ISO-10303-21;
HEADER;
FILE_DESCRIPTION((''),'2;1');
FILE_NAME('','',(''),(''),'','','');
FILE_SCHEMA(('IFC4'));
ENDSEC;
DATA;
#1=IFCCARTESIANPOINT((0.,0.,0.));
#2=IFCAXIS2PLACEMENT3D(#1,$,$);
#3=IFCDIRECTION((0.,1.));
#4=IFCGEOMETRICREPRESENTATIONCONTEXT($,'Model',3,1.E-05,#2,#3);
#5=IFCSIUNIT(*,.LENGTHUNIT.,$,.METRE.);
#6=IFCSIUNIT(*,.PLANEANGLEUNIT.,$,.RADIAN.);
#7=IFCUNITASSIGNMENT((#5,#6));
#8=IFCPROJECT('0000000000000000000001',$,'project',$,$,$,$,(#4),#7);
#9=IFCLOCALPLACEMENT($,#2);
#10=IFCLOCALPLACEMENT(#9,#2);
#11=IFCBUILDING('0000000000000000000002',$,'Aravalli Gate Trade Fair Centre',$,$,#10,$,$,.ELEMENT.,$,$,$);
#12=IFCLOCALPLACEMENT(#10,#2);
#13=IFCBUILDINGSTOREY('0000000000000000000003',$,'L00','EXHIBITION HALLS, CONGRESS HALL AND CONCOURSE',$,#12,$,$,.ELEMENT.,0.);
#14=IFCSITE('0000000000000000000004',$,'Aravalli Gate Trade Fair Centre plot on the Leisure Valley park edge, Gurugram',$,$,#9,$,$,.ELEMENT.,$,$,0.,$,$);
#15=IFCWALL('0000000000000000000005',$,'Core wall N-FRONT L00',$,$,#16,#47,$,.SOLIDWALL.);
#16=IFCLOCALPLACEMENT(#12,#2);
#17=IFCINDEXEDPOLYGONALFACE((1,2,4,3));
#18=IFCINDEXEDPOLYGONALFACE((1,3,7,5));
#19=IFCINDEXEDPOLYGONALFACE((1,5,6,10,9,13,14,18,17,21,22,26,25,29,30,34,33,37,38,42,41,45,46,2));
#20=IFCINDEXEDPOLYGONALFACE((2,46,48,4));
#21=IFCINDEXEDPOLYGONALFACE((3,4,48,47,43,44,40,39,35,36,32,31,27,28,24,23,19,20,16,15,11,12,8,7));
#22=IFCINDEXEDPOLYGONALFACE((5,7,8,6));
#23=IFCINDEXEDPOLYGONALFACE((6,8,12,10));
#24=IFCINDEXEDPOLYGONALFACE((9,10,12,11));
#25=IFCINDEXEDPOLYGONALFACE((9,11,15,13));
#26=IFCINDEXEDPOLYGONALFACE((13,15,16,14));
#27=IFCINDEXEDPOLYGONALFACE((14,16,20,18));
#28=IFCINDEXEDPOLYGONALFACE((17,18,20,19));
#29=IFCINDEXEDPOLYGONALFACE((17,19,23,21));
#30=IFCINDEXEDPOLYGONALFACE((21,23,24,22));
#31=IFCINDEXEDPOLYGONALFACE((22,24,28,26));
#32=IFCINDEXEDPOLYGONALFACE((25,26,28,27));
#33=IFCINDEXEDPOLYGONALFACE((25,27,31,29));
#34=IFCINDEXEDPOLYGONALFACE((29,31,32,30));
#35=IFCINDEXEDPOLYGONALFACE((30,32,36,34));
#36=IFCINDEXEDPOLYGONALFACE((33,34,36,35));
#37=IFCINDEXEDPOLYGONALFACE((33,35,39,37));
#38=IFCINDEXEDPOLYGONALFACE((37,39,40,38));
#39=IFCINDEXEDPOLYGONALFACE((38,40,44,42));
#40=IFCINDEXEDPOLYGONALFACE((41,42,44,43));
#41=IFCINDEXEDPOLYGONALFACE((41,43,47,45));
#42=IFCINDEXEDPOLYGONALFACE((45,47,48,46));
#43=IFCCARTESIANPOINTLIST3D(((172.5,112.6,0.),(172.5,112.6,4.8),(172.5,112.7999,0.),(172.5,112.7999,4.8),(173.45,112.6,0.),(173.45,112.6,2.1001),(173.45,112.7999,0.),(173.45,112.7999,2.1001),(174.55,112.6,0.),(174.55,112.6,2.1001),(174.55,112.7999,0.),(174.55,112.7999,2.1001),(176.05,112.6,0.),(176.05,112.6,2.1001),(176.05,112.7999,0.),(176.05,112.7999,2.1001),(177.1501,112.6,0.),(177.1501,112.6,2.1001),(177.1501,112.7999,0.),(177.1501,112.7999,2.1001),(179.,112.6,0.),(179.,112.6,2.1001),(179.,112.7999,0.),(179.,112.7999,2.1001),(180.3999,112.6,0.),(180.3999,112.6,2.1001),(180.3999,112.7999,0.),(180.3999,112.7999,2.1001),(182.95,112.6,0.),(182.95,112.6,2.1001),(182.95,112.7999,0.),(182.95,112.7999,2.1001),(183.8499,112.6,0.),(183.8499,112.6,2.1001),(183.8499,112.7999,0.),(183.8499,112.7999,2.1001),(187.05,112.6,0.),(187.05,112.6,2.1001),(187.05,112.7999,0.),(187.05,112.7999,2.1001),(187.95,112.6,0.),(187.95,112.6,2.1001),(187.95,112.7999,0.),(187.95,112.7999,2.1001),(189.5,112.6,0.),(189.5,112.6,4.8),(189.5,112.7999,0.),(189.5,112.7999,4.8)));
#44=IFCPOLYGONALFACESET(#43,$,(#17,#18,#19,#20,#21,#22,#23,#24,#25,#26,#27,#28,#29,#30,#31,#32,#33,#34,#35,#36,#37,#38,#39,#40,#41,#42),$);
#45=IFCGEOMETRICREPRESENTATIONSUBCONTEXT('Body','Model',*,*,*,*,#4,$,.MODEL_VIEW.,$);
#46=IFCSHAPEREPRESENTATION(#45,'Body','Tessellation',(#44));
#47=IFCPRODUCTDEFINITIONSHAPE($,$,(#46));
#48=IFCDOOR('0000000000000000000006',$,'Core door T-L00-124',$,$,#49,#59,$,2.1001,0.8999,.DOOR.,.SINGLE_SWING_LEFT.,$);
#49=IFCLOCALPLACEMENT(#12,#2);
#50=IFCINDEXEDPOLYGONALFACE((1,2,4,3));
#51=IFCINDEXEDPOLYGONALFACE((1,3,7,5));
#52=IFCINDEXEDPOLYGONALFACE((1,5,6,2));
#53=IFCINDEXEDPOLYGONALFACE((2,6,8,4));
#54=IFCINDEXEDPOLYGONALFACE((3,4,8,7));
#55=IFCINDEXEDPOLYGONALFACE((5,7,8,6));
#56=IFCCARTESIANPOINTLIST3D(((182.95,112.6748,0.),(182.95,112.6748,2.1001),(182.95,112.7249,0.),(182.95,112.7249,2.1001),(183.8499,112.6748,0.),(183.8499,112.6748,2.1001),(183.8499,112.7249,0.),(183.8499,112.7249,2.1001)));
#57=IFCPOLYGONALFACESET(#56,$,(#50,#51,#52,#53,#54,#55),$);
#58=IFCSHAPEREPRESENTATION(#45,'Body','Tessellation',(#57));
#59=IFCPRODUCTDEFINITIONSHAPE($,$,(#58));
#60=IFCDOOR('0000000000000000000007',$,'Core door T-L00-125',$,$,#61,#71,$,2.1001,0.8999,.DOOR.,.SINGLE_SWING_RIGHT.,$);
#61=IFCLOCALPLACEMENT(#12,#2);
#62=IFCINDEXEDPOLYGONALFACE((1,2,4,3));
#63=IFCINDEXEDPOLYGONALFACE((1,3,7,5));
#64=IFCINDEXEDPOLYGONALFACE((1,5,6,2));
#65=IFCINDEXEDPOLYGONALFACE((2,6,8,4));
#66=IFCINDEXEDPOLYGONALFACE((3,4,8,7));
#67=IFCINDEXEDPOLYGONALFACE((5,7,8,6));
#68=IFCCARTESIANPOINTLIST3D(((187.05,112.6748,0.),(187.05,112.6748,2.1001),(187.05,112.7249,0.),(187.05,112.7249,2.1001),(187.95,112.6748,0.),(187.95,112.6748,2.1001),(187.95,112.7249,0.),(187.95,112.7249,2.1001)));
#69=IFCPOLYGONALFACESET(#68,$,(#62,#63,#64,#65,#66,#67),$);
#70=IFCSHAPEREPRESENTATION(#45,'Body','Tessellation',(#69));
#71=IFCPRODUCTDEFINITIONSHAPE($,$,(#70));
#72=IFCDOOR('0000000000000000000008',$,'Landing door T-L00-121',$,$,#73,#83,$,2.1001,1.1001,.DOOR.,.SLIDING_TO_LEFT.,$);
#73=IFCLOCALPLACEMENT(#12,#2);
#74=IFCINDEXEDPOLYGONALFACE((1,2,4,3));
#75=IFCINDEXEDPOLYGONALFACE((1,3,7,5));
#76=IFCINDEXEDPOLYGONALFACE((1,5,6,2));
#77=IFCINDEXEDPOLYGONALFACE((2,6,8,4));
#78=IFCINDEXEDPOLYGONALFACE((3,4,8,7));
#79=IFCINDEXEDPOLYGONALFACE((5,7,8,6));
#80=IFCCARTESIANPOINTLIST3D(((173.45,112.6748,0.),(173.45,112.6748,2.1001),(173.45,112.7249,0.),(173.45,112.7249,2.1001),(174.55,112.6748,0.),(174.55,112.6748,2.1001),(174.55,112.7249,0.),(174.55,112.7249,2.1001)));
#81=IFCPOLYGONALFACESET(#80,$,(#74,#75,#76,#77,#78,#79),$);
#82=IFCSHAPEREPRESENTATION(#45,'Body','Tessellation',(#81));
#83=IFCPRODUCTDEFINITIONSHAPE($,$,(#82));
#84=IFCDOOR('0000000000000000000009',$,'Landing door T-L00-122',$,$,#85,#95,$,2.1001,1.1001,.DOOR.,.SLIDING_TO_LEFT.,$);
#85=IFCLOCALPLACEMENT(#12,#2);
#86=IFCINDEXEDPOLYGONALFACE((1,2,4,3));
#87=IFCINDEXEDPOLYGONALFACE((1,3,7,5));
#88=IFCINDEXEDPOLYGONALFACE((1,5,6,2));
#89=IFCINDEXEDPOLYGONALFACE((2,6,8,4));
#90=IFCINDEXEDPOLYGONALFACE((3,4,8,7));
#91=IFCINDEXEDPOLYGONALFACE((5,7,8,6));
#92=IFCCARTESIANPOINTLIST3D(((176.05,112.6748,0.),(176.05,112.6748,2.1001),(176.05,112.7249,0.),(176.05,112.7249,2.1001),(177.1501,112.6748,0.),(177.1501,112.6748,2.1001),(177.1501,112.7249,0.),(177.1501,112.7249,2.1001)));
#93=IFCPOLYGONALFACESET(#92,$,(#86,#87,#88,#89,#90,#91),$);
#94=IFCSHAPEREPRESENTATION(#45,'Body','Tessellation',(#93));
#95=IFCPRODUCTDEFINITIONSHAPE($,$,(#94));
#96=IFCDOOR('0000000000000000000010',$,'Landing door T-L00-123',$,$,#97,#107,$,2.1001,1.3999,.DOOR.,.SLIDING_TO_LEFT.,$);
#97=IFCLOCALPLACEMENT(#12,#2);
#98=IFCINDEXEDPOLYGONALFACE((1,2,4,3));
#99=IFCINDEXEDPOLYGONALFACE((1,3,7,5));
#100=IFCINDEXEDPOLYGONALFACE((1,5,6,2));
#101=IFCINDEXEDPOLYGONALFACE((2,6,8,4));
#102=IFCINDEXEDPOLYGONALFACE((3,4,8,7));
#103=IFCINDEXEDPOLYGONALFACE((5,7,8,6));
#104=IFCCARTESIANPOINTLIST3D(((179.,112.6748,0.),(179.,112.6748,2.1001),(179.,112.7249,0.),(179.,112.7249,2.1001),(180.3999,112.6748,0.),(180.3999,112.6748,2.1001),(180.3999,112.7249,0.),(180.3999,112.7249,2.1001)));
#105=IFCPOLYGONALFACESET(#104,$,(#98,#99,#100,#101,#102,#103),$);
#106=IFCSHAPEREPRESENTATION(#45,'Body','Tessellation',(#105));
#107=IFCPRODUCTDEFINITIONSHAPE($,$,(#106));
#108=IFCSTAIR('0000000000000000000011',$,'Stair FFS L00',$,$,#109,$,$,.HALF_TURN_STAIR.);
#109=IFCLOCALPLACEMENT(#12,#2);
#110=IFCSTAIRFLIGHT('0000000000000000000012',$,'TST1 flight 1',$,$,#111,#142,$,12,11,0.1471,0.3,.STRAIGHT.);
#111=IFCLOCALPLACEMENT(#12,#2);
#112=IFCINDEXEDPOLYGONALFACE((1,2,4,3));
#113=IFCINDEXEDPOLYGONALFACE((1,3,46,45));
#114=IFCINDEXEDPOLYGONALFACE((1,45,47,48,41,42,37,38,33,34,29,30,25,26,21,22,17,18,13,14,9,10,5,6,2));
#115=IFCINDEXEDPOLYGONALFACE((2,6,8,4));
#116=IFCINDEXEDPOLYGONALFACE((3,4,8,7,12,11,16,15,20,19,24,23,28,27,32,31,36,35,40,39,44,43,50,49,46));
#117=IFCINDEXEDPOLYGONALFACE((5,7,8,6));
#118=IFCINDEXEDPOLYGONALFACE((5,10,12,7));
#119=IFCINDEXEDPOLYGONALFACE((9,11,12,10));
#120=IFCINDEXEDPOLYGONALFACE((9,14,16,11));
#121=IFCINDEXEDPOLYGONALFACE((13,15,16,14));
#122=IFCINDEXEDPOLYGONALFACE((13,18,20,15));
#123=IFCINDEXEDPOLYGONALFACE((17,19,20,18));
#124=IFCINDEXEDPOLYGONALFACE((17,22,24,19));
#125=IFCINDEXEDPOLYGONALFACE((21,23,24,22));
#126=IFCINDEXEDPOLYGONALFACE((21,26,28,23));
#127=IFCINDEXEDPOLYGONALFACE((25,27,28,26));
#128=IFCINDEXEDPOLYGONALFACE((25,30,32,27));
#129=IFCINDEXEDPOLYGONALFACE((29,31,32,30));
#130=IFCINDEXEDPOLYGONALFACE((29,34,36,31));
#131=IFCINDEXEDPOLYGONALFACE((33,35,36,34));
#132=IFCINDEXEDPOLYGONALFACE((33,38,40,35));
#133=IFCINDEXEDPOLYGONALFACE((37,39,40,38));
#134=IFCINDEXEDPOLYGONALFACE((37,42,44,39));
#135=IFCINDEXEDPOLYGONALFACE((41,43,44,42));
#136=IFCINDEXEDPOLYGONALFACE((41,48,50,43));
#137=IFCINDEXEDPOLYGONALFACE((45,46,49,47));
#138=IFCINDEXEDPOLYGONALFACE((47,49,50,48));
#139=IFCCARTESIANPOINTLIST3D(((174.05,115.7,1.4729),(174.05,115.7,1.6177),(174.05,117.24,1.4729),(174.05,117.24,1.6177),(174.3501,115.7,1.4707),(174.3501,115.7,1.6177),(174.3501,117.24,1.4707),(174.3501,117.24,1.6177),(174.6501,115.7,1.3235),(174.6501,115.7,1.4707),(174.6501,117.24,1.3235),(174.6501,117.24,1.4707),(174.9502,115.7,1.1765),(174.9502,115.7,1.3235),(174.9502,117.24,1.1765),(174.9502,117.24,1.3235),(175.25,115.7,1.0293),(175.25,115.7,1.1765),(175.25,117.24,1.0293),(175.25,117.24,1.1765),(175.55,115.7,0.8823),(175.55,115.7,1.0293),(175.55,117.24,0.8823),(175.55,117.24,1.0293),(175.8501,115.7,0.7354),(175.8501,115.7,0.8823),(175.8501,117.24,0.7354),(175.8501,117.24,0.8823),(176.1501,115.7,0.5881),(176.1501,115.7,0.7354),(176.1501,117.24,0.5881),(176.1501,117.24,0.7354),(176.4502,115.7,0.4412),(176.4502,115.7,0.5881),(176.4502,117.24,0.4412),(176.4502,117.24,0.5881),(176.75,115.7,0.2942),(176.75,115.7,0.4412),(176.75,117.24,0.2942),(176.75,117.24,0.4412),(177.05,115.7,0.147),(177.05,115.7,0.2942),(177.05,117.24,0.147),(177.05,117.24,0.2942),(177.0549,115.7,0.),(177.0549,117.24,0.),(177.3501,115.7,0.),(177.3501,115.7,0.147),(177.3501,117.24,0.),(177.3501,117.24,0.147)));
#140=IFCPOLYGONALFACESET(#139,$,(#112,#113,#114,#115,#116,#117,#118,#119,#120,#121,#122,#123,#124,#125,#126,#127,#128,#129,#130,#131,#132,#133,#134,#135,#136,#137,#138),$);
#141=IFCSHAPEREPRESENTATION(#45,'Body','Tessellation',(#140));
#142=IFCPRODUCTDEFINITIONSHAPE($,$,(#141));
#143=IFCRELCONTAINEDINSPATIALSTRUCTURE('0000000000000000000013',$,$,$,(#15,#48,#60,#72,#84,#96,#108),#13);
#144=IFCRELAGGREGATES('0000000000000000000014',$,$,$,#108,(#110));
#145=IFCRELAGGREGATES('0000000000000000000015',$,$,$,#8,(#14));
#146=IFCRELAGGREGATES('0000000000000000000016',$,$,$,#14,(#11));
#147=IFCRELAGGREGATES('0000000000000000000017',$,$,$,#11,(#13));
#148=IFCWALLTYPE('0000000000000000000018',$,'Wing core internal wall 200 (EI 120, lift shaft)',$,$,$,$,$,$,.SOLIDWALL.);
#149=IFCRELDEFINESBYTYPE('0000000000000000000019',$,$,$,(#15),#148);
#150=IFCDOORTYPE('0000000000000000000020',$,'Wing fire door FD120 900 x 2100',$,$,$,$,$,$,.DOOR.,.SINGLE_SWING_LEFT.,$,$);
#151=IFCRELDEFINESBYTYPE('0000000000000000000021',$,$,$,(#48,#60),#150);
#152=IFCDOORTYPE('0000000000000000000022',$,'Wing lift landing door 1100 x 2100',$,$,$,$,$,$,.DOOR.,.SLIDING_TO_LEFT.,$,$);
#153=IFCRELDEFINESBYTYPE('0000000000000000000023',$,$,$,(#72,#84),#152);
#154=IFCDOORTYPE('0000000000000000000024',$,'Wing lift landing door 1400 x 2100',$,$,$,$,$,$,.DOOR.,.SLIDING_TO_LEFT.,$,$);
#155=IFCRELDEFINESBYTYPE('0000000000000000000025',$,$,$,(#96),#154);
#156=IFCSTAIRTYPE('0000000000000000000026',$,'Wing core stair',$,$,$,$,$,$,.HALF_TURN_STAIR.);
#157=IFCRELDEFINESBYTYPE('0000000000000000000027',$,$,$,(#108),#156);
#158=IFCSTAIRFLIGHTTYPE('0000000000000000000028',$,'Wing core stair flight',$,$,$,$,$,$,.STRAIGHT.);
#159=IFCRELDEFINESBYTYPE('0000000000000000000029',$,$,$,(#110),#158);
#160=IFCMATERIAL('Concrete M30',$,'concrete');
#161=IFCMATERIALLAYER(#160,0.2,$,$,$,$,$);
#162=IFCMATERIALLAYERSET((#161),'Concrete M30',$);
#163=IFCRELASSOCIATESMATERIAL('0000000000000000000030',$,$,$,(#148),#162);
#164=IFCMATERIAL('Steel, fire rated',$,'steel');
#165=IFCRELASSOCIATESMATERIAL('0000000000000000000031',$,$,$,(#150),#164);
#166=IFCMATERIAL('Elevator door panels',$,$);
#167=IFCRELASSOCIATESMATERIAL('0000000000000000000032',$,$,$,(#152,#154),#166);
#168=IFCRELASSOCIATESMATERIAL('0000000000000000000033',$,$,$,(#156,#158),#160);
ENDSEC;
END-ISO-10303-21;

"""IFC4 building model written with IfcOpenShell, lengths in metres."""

from ifc_helpers import new_model, si_unit, direction, frame, frame_2d, origin, place, context, subcontext, project, spatial, polyline, rectangle, outline, extrude, material, layer, layer_set, type_object, element, fill, aggregate, save


model = new_model("IFC4")

# Units and contexts
model_context = context("Model", 3, precision=1e-05, world=origin(), true_north=direction((0.0, 1.0)))
body_context = subcontext(model_context, "Body", "Model", "MODEL_VIEW")
ifc_project = project(units=[si_unit("LENGTHUNIT", "METRE"), si_unit("PLANEANGLEUNIT", "RADIAN")], contexts=[model_context])

# Site, building, storey
site_placement = place(None, origin())
site = spatial("IfcSite", under=ifc_project, at=site_placement, Name="Aravalli Gate Trade Fair Centre plot on the Leisure Valley park edge, Gurugram", CompositionType="ELEMENT", RefElevation=0.0)
building_placement = place(site_placement, origin())
building = spatial("IfcBuilding", under=site, at=building_placement, Name="Aravalli Gate Trade Fair Centre", CompositionType="ELEMENT")
storey_placement = place(building_placement, origin())
storey = spatial("IfcBuildingStorey", under=building, at=storey_placement, Name="L00", Description="EXHIBITION HALLS, CONGRESS HALL AND CONCOURSE", CompositionType="ELEMENT", Elevation=0.0)

# Shared definitions
ifc_material_1 = material(Name="Concrete M30", Category="concrete")

# Shared definitions
ifc_layer_1 = layer(ifc_material_1, 0.2)
ifc_layer_set_1 = layer_set([ifc_layer_1], Name="Concrete M30")
wall_type_1 = type_object("IfcWallType", Name="Wing core internal wall 200 (EI 120, lift shaft)", PredefinedType="SOLIDWALL", material=ifc_layer_set_1)
ifc_material_2 = material(Name="Steel, fire rated", Category="steel")
door_type_1 = type_object("IfcDoorType", Name="Wing fire door FD120 900 x 2100", OperationType="SINGLE_SWING_LEFT", PredefinedType="DOOR", material=ifc_material_2)
ifc_material_3 = material(Name="Elevator door panels")
door_type_2 = type_object("IfcDoorType", Name="Wing lift landing door 1100 x 2100", OperationType="SLIDING_TO_LEFT", PredefinedType="DOOR", material=ifc_material_3)

# Wall, openings, doors
wall_1_placement = place(storey_placement, frame((172.5, 112.7, 0.0), z_axis=(0.0, 0.0, 1.0), x_axis=(1.0, 0.0, 0.0)))
wall_1 = element("IfcWall", 1, at=wall_1_placement, inside=storey, type_object=wall_type_1, Name="Core wall N-FRONT L00", PredefinedType="SOLIDWALL", context=body_context, shape_type="SweptSolid", body=[
    extrude(rectangle(XDim=17.0, YDim=0.2, at=frame_2d((8.5, 0.0))), origin(), (0.0, 0.0, 1.0), 4.8),
])
opening_1_placement = place(wall_1_placement, frame((0.95, 0.0, 0.0)))
opening_1 = element("IfcOpeningElement", 2, at=opening_1_placement, cuts=wall_1, PredefinedType="OPENING", context=body_context, shape_type="SweptSolid", body=[
    extrude(rectangle(XDim=1.1001, YDim=2.1001, at=frame_2d((0.55, 1.05))), frame((0.0, 0.1099, 0.0), z_axis=(0.0, -1.0, 0.0), x_axis=(1.0, 0.0, 0.0)), (0.0, 0.0, 1.0), 0.22),
])
opening_2_placement = place(wall_1_placement, frame((3.55, 0.0, 0.0)))
opening_2 = element("IfcOpeningElement", 3, at=opening_2_placement, cuts=wall_1, PredefinedType="OPENING", context=body_context, shape_type="SweptSolid", body=[
    extrude(rectangle(XDim=1.1001, YDim=2.1001, at=frame_2d((0.55, 1.05))), frame((0.0, 0.1099, 0.0), z_axis=(0.0, -1.0, 0.0), x_axis=(1.0, 0.0, 0.0)), (0.0, 0.0, 1.0), 0.22),
])
opening_3_placement = place(wall_1_placement, frame((6.5, 0.0, 0.0)))
opening_3 = element("IfcOpeningElement", 4, at=opening_3_placement, cuts=wall_1, PredefinedType="OPENING", context=body_context, shape_type="SweptSolid", body=[
    extrude(rectangle(XDim=1.3999, YDim=2.1001, at=frame_2d((0.7, 1.05))), frame((0.0, 0.1099, 0.0), z_axis=(0.0, -1.0, 0.0), x_axis=(1.0, 0.0, 0.0)), (0.0, 0.0, 1.0), 0.22),
])
opening_4_placement = place(wall_1_placement, frame((10.45, 0.0, 0.0)))
opening_4 = element("IfcOpeningElement", 5, at=opening_4_placement, cuts=wall_1, PredefinedType="OPENING", context=body_context, shape_type="SweptSolid", body=[
    extrude(rectangle(XDim=0.8999, YDim=2.1001, at=frame_2d((0.45, 1.05))), frame((0.0, 0.1099, 0.0), z_axis=(0.0, -1.0, 0.0), x_axis=(1.0, 0.0, 0.0)), (0.0, 0.0, 1.0), 0.22),
])
opening_5_placement = place(wall_1_placement, frame((14.55, 0.0, 0.0)))
opening_5 = element("IfcOpeningElement", 6, at=opening_5_placement, cuts=wall_1, PredefinedType="OPENING", context=body_context, shape_type="SweptSolid", body=[
    extrude(rectangle(XDim=0.8999, YDim=2.1001, at=frame_2d((0.45, 1.05))), frame((0.0, 0.1099, 0.0), z_axis=(0.0, -1.0, 0.0), x_axis=(1.0, 0.0, 0.0)), (0.0, 0.0, 1.0), 0.22),
])
door_1_placement = place(opening_4_placement, origin())
door_1 = element("IfcDoor", 7, at=door_1_placement, inside=storey, type_object=door_type_1, Name="Core door T-L00-124", OperationType="SINGLE_SWING_LEFT", OverallHeight=2.1001, OverallWidth=0.8999, PredefinedType="DOOR", context=body_context, shape_type="SweptSolid", body=[
    extrude(rectangle(XDim=0.8999, YDim=2.1001, at=frame_2d((0.45, 1.05))), frame((0.0, 0.0249, 0.0), z_axis=(0.0, -1.0, 0.0), x_axis=(1.0, 0.0, 0.0)), (0.0, 0.0, 1.0), 0.05),
])
fill(opening_4, door_1)
door_2_placement = place(opening_5_placement, origin())
door_2 = element("IfcDoor", 8, at=door_2_placement, inside=storey, type_object=door_type_1, Name="Core door T-L00-125", OperationType="SINGLE_SWING_RIGHT", OverallHeight=2.1001, OverallWidth=0.8999, PredefinedType="DOOR", context=body_context, shape_type="SweptSolid", body=[
    extrude(rectangle(XDim=0.8999, YDim=2.1001, at=frame_2d((0.45, 1.05))), frame((0.0, 0.0249, 0.0), z_axis=(0.0, -1.0, 0.0), x_axis=(1.0, 0.0, 0.0)), (0.0, 0.0, 1.0), 0.05),
])
fill(opening_5, door_2)
door_3_placement = place(opening_1_placement, origin())
door_3 = element("IfcDoor", 9, at=door_3_placement, inside=storey, type_object=door_type_2, Name="Landing door T-L00-121", OperationType="SLIDING_TO_LEFT", OverallHeight=2.1001, OverallWidth=1.1001, PredefinedType="DOOR", context=body_context, shape_type="SweptSolid", body=[
    extrude(rectangle(XDim=1.1001, YDim=2.1001, at=frame_2d((0.55, 1.05))), frame((0.0, 0.0249, 0.0), z_axis=(0.0, -1.0, 0.0), x_axis=(1.0, 0.0, 0.0)), (0.0, 0.0, 1.0), 0.05),
])
fill(opening_1, door_3)
door_4_placement = place(opening_2_placement, origin())
door_4 = element("IfcDoor", 10, at=door_4_placement, inside=storey, type_object=door_type_2, Name="Landing door T-L00-122", OperationType="SLIDING_TO_LEFT", OverallHeight=2.1001, OverallWidth=1.1001, PredefinedType="DOOR", context=body_context, shape_type="SweptSolid", body=[
    extrude(rectangle(XDim=1.1001, YDim=2.1001, at=frame_2d((0.55, 1.05))), frame((0.0, 0.0249, 0.0), z_axis=(0.0, -1.0, 0.0), x_axis=(1.0, 0.0, 0.0)), (0.0, 0.0, 1.0), 0.05),
])
fill(opening_2, door_4)
door_type_3 = type_object("IfcDoorType", Name="Wing lift landing door 1400 x 2100", OperationType="SLIDING_TO_LEFT", PredefinedType="DOOR", material=ifc_material_3)
door_5_placement = place(opening_3_placement, origin())
door_5 = element("IfcDoor", 11, at=door_5_placement, inside=storey, type_object=door_type_3, Name="Landing door T-L00-123", OperationType="SLIDING_TO_LEFT", OverallHeight=2.1001, OverallWidth=1.3999, PredefinedType="DOOR", context=body_context, shape_type="SweptSolid", body=[
    extrude(rectangle(XDim=1.3999, YDim=2.1001, at=frame_2d((0.7, 1.05))), frame((0.0, 0.0249, 0.0), z_axis=(0.0, -1.0, 0.0), x_axis=(1.0, 0.0, 0.0)), (0.0, 0.0, 1.0), 0.05),
])
fill(opening_3, door_5)

# Stair, stair flight
stair_type = type_object("IfcStairType", Name="Wing core stair", PredefinedType="HALF_TURN_STAIR", material=ifc_material_1)
stair_placement = place(storey_placement, origin())
stair = element("IfcStair", 12, at=stair_placement, inside=storey, type_object=stair_type, Name="Stair FFS L00", PredefinedType="HALF_TURN_STAIR")
stair_flight_type = type_object("IfcStairFlightType", Name="Wing core stair flight", PredefinedType="STRAIGHT", material=ifc_material_1)
stair_flight_1_placement = place(storey_placement, frame((177.3501, 116.47, 0.0), z_axis=(0.0, 0.0, 1.0), x_axis=(-1.0, 0.0, 0.0)))
stair_flight_1 = element("IfcStairFlight", 13, at=stair_flight_1_placement, type_object=stair_flight_type, Name="TST1 flight 1", NumberOfRisers=12, NumberOfTreads=11, PredefinedType="STRAIGHT", RiserHeight=0.1471, TreadLength=0.3, context=body_context, shape_type="SweptSolid", body=[
    extrude(outline(polyline([(0.0, 0.0), (0.0, 0.147), (0.3, 0.147), (0.3, 0.2942), (0.6001, 0.2942), (0.6001, 0.4412), (0.8999, 0.4412), (0.8999, 0.5881), (1.2, 0.5881), (1.2, 0.7354), (1.5, 0.7354), (1.5, 0.8823), (1.8, 0.8823), (1.8, 1.0293), (2.1001, 1.0293), (2.1001, 1.1765), (2.3999, 1.1765), (2.3999, 1.3235), (2.7, 1.3235), (2.7, 1.4707), (3.0, 1.4707), (3.0, 1.6177), (3.3, 1.6177), (3.3, 1.7646), (3.3, 1.4729), (0.2952, 0.0), (0.0, 0.0)])), frame((0.0, 0.77, 0.0), z_axis=(0.0, -1.0, 0.0), x_axis=(1.0, 0.0, 0.0)), (0.0, 0.0, 1.0), 1.54),
])
aggregate(stair, [stair_flight_1])

save(model, "model.ifc")
